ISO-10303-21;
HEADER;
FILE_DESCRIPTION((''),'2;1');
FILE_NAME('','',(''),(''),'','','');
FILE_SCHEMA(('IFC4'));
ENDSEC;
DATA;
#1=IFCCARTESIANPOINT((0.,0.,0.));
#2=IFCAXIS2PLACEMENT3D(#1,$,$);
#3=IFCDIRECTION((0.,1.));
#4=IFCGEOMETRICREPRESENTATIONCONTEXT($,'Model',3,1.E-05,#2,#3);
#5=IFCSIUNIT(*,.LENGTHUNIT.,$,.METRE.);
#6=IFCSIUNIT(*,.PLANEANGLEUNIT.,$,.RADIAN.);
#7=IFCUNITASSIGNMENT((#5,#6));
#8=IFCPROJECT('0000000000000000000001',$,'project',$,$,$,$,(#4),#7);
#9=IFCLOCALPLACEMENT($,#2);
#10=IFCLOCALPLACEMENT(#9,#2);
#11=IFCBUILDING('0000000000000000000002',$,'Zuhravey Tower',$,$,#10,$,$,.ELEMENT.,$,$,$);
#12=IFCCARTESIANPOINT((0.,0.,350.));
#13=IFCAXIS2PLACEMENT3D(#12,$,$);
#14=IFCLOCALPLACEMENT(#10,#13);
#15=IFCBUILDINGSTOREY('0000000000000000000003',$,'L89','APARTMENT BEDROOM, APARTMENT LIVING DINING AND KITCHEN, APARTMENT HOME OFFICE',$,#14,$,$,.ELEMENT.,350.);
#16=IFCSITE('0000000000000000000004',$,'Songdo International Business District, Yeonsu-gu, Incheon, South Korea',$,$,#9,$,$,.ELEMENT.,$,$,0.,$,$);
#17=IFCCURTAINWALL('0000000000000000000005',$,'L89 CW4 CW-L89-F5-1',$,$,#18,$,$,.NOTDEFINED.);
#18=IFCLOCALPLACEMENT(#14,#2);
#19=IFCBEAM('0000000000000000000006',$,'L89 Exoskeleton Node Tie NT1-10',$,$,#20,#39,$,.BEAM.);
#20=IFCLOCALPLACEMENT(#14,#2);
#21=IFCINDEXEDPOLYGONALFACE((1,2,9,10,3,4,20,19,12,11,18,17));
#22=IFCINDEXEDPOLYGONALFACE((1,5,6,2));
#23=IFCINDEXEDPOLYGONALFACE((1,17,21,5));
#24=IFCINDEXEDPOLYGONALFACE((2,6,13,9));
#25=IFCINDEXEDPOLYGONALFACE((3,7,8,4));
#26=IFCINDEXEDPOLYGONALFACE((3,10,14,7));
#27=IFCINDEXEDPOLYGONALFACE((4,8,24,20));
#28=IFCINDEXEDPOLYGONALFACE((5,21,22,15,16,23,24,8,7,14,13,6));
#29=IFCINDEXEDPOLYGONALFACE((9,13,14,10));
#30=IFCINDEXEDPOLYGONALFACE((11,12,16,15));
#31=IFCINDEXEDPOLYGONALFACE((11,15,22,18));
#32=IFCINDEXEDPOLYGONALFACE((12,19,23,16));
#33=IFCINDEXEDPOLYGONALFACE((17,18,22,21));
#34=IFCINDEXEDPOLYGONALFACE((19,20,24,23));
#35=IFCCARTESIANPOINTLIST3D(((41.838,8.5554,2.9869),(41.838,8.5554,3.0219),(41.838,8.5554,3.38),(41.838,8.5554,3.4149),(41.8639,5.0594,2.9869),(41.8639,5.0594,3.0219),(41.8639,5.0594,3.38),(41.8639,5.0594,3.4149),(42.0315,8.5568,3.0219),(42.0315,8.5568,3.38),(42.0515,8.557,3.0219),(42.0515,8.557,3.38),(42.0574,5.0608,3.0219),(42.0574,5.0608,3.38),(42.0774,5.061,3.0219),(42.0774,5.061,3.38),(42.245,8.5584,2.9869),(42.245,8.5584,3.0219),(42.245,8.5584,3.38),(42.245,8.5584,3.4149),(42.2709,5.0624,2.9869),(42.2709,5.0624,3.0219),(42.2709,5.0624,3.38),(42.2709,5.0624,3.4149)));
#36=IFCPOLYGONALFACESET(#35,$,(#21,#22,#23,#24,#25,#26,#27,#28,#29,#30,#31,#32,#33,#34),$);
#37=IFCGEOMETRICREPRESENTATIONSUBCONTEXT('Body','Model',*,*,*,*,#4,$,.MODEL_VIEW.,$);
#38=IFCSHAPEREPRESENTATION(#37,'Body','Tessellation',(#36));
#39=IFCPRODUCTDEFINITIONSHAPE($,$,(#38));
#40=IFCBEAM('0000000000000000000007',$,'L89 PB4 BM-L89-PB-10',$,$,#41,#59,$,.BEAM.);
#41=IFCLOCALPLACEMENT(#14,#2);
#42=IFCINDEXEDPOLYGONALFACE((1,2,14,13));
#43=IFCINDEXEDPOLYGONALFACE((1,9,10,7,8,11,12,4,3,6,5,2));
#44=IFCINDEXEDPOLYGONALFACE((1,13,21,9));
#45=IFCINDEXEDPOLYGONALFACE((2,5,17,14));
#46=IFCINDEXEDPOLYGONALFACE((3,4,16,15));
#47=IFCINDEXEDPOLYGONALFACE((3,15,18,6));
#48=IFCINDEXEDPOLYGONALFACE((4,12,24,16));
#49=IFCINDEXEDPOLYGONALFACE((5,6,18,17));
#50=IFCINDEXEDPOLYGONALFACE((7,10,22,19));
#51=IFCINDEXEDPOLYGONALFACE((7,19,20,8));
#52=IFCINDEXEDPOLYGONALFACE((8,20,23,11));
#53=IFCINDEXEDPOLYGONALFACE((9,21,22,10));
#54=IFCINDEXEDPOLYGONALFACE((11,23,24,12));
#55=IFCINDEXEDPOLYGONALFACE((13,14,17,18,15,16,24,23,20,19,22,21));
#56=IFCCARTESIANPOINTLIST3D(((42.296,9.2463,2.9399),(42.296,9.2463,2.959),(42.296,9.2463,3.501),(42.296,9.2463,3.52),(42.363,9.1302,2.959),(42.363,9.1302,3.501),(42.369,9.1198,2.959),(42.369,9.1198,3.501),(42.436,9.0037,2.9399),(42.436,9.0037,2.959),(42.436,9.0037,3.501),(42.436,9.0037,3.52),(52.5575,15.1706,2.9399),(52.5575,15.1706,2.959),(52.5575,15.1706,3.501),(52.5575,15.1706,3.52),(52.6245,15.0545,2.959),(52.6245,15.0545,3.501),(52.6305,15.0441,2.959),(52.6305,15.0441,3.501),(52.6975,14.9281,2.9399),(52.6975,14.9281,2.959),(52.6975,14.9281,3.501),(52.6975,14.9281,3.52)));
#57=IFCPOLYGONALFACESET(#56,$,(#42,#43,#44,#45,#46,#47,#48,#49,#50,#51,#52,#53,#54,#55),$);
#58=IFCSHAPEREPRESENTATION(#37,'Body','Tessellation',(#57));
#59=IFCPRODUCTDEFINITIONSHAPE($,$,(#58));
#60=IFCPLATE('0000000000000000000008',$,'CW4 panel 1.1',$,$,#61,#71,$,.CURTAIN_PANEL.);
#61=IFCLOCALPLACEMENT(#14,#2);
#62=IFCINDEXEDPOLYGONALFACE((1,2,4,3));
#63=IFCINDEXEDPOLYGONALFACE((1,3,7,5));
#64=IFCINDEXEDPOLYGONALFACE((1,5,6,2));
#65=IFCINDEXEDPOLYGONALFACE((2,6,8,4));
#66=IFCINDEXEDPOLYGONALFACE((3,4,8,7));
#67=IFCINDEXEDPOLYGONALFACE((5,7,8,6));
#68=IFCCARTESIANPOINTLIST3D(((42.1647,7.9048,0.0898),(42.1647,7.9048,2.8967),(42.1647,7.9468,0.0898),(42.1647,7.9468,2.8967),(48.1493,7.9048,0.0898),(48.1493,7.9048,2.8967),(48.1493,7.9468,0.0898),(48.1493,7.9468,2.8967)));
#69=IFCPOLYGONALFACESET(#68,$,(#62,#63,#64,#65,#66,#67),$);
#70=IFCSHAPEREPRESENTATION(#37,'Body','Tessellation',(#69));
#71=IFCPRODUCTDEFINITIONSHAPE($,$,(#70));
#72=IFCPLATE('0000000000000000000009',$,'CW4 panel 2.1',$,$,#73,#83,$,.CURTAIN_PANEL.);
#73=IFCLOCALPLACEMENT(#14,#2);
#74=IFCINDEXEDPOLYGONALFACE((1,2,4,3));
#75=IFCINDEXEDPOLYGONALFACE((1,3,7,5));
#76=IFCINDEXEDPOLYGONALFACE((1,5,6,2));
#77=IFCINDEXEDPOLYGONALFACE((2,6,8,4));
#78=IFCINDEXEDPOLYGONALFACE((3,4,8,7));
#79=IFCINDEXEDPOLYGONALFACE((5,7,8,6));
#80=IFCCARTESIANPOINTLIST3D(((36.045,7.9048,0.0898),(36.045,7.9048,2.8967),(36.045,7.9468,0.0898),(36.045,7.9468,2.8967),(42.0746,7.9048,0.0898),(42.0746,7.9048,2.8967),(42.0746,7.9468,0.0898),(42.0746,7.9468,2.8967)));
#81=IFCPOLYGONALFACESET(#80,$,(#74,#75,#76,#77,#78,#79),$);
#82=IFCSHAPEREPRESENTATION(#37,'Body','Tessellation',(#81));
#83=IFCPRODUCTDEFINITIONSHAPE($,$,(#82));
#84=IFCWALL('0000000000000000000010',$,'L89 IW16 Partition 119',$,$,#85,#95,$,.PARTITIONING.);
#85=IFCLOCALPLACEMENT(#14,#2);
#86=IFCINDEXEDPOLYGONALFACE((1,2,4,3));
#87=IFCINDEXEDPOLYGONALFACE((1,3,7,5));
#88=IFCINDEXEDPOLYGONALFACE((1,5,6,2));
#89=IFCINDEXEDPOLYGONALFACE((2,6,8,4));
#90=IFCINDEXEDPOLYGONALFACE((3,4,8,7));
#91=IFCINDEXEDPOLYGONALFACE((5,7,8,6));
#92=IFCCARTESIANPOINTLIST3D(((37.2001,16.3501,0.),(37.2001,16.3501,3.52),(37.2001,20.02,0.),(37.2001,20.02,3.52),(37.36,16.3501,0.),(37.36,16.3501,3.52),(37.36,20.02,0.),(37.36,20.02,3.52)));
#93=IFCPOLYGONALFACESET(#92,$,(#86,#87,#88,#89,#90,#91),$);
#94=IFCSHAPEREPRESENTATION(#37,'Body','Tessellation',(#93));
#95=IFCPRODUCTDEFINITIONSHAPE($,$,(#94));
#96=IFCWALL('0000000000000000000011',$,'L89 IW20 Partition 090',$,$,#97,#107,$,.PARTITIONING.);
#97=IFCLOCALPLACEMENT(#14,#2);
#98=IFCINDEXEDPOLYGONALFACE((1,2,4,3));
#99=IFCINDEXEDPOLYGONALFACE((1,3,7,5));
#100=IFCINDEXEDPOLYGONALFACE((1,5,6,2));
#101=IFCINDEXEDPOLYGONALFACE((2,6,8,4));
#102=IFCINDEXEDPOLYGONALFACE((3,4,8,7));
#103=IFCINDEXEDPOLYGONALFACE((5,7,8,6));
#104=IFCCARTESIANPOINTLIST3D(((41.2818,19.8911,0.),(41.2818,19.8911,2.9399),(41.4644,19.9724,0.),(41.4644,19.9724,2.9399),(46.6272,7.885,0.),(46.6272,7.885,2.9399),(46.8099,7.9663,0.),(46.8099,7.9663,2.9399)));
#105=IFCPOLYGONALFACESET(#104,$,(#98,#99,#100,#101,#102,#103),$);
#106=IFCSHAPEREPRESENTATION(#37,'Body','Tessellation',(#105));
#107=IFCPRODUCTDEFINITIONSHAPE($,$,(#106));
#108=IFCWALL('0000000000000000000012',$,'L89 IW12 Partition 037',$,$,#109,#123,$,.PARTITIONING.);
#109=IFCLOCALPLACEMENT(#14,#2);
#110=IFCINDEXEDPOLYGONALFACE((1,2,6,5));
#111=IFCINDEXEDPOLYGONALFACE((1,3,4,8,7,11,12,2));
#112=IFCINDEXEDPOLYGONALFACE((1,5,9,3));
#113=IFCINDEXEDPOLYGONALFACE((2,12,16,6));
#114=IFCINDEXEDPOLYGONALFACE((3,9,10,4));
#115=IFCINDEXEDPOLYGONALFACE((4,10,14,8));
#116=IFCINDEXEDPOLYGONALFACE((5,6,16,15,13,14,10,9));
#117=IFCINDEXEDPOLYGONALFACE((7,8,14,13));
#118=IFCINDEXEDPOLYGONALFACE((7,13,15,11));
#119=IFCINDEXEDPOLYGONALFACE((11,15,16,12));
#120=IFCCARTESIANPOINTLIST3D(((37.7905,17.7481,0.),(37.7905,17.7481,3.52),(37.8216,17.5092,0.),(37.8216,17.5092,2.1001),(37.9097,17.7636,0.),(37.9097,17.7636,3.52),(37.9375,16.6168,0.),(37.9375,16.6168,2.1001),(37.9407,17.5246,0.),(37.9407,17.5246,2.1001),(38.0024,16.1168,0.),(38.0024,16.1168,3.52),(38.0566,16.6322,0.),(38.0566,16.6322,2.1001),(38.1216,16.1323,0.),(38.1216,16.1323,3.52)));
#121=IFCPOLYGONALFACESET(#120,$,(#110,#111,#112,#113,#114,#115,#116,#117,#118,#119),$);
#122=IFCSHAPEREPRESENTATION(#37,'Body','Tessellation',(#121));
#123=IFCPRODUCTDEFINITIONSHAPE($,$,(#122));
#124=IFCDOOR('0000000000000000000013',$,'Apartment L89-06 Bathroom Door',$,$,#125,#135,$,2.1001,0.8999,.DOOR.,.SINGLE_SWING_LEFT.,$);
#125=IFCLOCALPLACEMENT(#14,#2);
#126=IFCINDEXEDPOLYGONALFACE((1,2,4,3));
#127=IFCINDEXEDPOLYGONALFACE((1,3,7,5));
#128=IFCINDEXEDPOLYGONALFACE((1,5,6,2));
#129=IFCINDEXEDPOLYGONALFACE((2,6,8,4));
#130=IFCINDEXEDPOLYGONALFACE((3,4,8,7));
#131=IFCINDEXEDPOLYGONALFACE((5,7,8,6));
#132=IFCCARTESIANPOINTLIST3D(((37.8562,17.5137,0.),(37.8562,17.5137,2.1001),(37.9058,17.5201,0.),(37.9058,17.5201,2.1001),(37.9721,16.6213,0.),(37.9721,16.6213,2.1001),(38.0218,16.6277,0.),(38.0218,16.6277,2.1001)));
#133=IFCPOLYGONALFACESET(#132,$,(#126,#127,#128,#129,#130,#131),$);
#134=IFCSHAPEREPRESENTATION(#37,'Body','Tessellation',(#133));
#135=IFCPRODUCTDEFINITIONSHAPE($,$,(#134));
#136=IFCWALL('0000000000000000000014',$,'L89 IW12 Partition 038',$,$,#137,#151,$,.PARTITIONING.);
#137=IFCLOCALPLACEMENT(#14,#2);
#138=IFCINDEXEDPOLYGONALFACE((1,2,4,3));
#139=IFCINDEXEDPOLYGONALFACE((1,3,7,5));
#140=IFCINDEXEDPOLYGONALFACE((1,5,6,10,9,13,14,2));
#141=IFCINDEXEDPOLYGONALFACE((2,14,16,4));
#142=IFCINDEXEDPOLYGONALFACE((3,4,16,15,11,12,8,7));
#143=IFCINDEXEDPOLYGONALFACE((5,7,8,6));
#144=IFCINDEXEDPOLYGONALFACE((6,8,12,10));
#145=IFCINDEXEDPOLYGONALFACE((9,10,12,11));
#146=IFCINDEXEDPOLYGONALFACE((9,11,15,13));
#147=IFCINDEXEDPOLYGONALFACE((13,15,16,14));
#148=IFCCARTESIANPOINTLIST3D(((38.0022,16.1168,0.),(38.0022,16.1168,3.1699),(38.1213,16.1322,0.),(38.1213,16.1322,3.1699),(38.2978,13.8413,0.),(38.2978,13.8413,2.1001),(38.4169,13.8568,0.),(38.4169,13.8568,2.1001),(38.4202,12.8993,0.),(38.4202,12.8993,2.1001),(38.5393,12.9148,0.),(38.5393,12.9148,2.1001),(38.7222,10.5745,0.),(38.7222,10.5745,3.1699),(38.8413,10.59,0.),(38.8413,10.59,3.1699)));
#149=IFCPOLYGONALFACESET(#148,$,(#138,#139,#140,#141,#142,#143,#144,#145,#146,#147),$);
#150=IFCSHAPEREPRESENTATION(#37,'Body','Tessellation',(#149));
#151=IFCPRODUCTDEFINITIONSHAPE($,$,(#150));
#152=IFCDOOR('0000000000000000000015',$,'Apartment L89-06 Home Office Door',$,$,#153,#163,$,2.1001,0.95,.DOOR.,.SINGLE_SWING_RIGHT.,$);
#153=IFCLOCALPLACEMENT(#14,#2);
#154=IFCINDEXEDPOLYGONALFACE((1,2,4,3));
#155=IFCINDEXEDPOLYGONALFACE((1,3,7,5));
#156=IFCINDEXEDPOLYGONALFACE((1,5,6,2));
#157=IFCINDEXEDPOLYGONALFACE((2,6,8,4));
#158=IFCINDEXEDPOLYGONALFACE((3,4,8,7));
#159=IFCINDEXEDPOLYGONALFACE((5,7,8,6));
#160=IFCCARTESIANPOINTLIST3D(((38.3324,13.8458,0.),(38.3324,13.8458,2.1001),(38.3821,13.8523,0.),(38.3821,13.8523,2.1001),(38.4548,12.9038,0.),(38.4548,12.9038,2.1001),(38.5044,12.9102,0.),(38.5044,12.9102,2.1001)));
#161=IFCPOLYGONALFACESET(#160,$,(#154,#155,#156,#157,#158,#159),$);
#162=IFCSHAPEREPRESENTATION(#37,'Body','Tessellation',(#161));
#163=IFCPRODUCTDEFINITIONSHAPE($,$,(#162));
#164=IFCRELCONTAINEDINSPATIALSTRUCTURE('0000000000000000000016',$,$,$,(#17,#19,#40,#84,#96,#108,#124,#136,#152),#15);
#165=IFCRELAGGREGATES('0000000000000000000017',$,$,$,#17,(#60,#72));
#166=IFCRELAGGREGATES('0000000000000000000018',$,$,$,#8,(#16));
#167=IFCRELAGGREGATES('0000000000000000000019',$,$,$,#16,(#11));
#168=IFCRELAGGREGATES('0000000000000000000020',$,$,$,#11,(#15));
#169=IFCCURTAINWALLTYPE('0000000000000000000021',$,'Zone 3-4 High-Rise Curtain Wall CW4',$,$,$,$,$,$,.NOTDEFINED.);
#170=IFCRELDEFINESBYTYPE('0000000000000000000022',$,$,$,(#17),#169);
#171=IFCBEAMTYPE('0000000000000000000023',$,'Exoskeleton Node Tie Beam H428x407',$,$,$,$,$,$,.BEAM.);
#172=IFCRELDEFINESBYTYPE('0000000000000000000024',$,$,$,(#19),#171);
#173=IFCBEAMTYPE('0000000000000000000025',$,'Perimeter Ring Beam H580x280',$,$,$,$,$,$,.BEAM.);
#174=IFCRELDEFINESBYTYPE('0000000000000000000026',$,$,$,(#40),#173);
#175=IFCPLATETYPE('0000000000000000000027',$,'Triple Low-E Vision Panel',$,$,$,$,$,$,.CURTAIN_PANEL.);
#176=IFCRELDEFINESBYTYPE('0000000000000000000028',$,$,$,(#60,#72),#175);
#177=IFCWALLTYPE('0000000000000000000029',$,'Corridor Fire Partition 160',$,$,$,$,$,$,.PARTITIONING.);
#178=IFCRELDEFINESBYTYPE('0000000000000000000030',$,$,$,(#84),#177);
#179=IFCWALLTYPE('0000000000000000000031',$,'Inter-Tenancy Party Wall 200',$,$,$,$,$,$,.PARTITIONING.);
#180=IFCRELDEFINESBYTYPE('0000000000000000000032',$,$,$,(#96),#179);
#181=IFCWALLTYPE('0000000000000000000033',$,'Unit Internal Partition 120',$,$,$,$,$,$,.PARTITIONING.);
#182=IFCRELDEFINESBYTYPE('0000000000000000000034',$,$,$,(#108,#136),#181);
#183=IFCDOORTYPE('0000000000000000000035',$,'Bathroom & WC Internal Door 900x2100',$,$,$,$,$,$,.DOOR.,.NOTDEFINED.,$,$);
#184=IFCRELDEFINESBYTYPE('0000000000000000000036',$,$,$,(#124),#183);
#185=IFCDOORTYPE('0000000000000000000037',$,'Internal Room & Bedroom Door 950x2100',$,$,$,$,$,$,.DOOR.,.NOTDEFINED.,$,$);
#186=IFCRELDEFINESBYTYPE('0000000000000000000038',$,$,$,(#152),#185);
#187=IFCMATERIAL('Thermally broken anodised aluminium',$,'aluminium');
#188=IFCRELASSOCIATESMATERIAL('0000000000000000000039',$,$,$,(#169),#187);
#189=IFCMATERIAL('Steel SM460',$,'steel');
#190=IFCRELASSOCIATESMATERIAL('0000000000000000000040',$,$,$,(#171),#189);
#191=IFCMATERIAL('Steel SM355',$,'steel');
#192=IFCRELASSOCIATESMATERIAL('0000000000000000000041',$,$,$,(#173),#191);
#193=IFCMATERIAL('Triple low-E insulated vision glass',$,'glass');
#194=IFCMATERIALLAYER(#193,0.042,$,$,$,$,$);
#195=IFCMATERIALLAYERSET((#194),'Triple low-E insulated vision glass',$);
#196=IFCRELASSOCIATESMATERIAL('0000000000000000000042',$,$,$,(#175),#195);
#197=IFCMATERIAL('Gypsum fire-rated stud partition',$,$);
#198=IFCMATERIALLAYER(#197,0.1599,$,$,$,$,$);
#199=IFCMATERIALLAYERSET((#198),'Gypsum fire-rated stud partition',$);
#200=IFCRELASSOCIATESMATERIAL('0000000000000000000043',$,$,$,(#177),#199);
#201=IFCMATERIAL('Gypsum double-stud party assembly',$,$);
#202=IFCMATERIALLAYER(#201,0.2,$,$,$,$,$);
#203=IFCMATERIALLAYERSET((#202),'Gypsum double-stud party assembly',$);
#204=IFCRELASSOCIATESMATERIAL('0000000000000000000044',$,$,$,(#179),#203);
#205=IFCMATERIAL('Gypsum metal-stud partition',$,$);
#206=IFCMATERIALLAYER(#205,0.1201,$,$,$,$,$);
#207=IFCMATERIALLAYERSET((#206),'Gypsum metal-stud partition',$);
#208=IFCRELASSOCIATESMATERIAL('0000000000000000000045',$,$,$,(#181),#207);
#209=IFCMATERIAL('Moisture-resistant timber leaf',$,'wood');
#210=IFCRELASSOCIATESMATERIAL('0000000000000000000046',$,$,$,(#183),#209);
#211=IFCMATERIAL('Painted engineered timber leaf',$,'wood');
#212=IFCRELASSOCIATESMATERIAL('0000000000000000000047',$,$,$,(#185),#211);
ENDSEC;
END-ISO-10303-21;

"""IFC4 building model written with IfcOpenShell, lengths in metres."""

from ifc_helpers import new_model, si_unit, direction, frame, frame_2d, origin, origin_2d, place, context, subcontext, project, spatial, rectangle, i_section, extrude, material, layer, layer_set, material_profile, profile_set, type_object, element, fill, aggregate, save


model = new_model("IFC4")

# Units and contexts
model_context = context("Model", 3, precision=1e-05, world=origin(), true_north=direction((0.0, 1.0)))
body_context = subcontext(model_context, "Body", "Model", "MODEL_VIEW")
ifc_project = project(units=[si_unit("LENGTHUNIT", "METRE"), si_unit("PLANEANGLEUNIT", "RADIAN")], contexts=[model_context])

# Site, building, storey
site_placement = place(None, origin())
site = spatial("IfcSite", under=ifc_project, at=site_placement, Name="Songdo International Business District, Yeonsu-gu, Incheon, South Korea", CompositionType="ELEMENT", RefElevation=0.0)
building_placement = place(site_placement, origin())
building = spatial("IfcBuilding", under=site, at=building_placement, Name="Zuhravey Tower", CompositionType="ELEMENT")
storey_placement = place(building_placement, frame((0.0, 0.0, 350.0)))
storey = spatial("IfcBuildingStorey", under=building, at=storey_placement, Name="L89", Description="APARTMENT BEDROOM, APARTMENT LIVING DINING AND KITCHEN, APARTMENT HOME OFFICE", CompositionType="ELEMENT", Elevation=350.0)

# Curtain wall
ifc_material_1 = material(Name="Thermally broken anodised aluminium", Category="aluminium")
curtain_wall_type = type_object("IfcCurtainWallType", Name="Zone 3-4 High-Rise Curtain Wall CW4", PredefinedType="NOTDEFINED", material=ifc_material_1)
curtain_wall_placement = place(storey_placement, origin())
curtain_wall = element("IfcCurtainWall", 1, at=curtain_wall_placement, inside=storey, type_object=curtain_wall_type, Name="L89 CW4 CW-L89-F5-1", PredefinedType="NOTDEFINED")

# Beams
ifc_material_2 = material(Name="Steel SM460", Category="steel")
ifc_material_profile_1 = material_profile(ifc_material_2, i_section(OverallWidth=0.407, OverallDepth=0.428, WebThickness=0.02, FlangeThickness=0.0349, at=origin_2d()), Name="H-428x407x20x35")
ifc_profile_set_1 = profile_set([ifc_material_profile_1], Name="Steel SM460")
beam_type_1 = type_object("IfcBeamType", Name="Exoskeleton Node Tie Beam H428x407", PredefinedType="BEAM", material=ifc_profile_set_1)
beam_1_placement = place(storey_placement, frame((42.0415, 8.5569, 3.2009), z_axis=(0.007402, -0.999973, 0.0), x_axis=(0.999973, 0.007402, 0.0)))
element("IfcBeam", 2, at=beam_1_placement, inside=storey, type_object=beam_type_1, Name="L89 Exoskeleton Node Tie NT1-10", PredefinedType="BEAM", context=body_context, shape_type="SweptSolid", body=[
    extrude(i_section(OverallWidth=0.407, OverallDepth=0.428, WebThickness=0.02, FlangeThickness=0.0349, at=origin_2d()), origin(), (0.0, 0.0, 1.0), 3.4961),
])
ifc_material_3 = material(Name="Steel SM355", Category="steel")
ifc_material_profile_2 = material_profile(ifc_material_3, i_section(OverallWidth=0.28, OverallDepth=0.5801, WebThickness=0.012, FlangeThickness=0.019, at=origin_2d()), Name="H-580x280x12x19")
ifc_profile_set_2 = profile_set([ifc_material_profile_2], Name="Steel SM355")
beam_type_2 = type_object("IfcBeamType", Name="Perimeter Ring Beam H580x280", PredefinedType="BEAM", material=ifc_profile_set_2)
beam_2_placement = place(storey_placement, frame((42.366, 9.125, 3.23), z_axis=(0.866031, 0.499991, 0.0), x_axis=(-0.499991, 0.866031, 0.0)))
element("IfcBeam", 3, at=beam_2_placement, inside=storey, type_object=beam_type_2, Name="L89 PB4 BM-L89-PB-10", PredefinedType="BEAM", context=body_context, shape_type="SweptSolid", body=[
    extrude(i_section(OverallWidth=0.28, OverallDepth=0.5801, WebThickness=0.012, FlangeThickness=0.019, at=origin_2d()), origin(), (0.0, 0.0, 1.0), 11.8489),
])

# Plates
ifc_material_4 = material(Name="Triple low-E insulated vision glass", Category="glass")
ifc_layer_1 = layer(ifc_material_4, 0.042)
ifc_layer_set_1 = layer_set([ifc_layer_1], Name="Triple low-E insulated vision glass")
plate_type = type_object("IfcPlateType", Name="Triple Low-E Vision Panel", PredefinedType="CURTAIN_PANEL", material=ifc_layer_set_1)
plate_1_placement = place(storey_placement, frame((45.157, 7.9258, 0.0898), z_axis=(0.0, 0.0, 1.0), x_axis=(-1.0, 0.0, 0.0)))
plate_1 = element("IfcPlate", 4, at=plate_1_placement, type_object=plate_type, Name="CW4 panel 1.1", PredefinedType="CURTAIN_PANEL", context=body_context, shape_type="SweptSolid", body=[
    extrude(rectangle(XDim=5.9846, YDim=0.042, at=origin_2d()), origin(), (0.0, 0.0, 1.0), 2.8069),
])
plate_2_placement = place(storey_placement, frame((39.0598, 7.9258, 0.0898), z_axis=(0.0, 0.0, 1.0), x_axis=(-1.0, 0.0, 0.0)))
plate_2 = element("IfcPlate", 5, at=plate_2_placement, type_object=plate_type, Name="CW4 panel 2.1", PredefinedType="CURTAIN_PANEL", context=body_context, shape_type="SweptSolid", body=[
    extrude(rectangle(XDim=6.0295, YDim=0.042, at=origin_2d()), origin(), (0.0, 0.0, 1.0), 2.8069),
])
aggregate(curtain_wall, [plate_1, plate_2])

# Walls
ifc_material_5 = material(Name="Gypsum fire-rated stud partition")
ifc_layer_2 = layer(ifc_material_5, 0.1599)
ifc_layer_set_2 = layer_set([ifc_layer_2], Name="Gypsum fire-rated stud partition")
wall_type_1 = type_object("IfcWallType", Name="Corridor Fire Partition 160", PredefinedType="PARTITIONING", material=ifc_layer_set_2)
wall_1_placement = place(storey_placement, frame((37.28, 16.3501, 0.0), z_axis=(0.0, 0.0, 1.0), x_axis=(0.0, 1.0, 0.0)))
element("IfcWall", 6, at=wall_1_placement, inside=storey, type_object=wall_type_1, Name="L89 IW16 Partition 119", PredefinedType="PARTITIONING", context=body_context, shape_type="SweptSolid", body=[
    extrude(rectangle(XDim=3.6699, YDim=0.1599, at=frame_2d((1.835, 0.0))), origin(), (0.0, 0.0, 1.0), 3.52),
])
ifc_material_6 = material(Name="Gypsum double-stud party assembly")
ifc_layer_3 = layer(ifc_material_6, 0.2)
ifc_layer_set_3 = layer_set([ifc_layer_3], Name="Gypsum double-stud party assembly")
wall_type_2 = type_object("IfcWallType", Name="Inter-Tenancy Party Wall 200", PredefinedType="PARTITIONING", material=ifc_layer_set_3)
wall_2_placement = place(storey_placement, frame((41.373, 19.9319, 0.0), z_axis=(0.0, 0.0, 1.0), x_axis=(0.406736, -0.913546, 0.0)))
element("IfcWall", 7, at=wall_2_placement, inside=storey, type_object=wall_type_2, Name="L89 IW20 Partition 090", PredefinedType="PARTITIONING", context=body_context, shape_type="SweptSolid", body=[
    extrude(rectangle(XDim=13.1423, YDim=0.2, at=frame_2d((6.5713, 0.0))), origin(), (0.0, 0.0, 1.0), 2.9399),
])

# Walls, openings, doors
ifc_material_7 = material(Name="Gypsum metal-stud partition")
ifc_layer_4 = layer(ifc_material_7, 0.1201)
ifc_layer_set_4 = layer_set([ifc_layer_4], Name="Gypsum metal-stud partition")
wall_type_3 = type_object("IfcWallType", Name="Unit Internal Partition 120", PredefinedType="PARTITIONING", material=ifc_layer_set_4)
wall_3_placement = place(storey_placement, frame((37.8501, 17.7559, 0.0), z_axis=(0.0, 0.0, 1.0), x_axis=(0.128819, -0.991668, 0.0)))
wall_3 = element("IfcWall", 8, at=wall_3_placement, inside=storey, type_object=wall_type_3, Name="L89 IW12 Partition 037", PredefinedType="PARTITIONING", context=body_context, shape_type="SweptSolid", body=[
    extrude(rectangle(XDim=1.645, YDim=0.1201, at=frame_2d((0.8225, 0.0))), origin(), (0.0, 0.0, 1.0), 3.52),
])
opening_1_placement = place(wall_3_placement, frame((0.241, 0.0, 0.0)))
opening_1 = element("IfcOpeningElement", 9, at=opening_1_placement, cuts=wall_3, PredefinedType="OPENING", context=body_context, shape_type="SweptSolid", body=[
    extrude(rectangle(XDim=0.8999, YDim=2.1001, at=frame_2d((0.45, 1.05))), frame((0.0, 0.072, 0.0), z_axis=(0.0, -1.0, 0.0), x_axis=(1.0, 0.0, 0.0)), (0.0, 0.0, 1.0), 0.144),
])
ifc_material_8 = material(Name="Moisture-resistant timber leaf", Category="wood")
door_type_1 = type_object("IfcDoorType", Name="Bathroom & WC Internal Door 900x2100", OperationType="NOTDEFINED", PredefinedType="DOOR", material=ifc_material_8)
door_1_placement = place(opening_1_placement, origin())
door_1 = element("IfcDoor", 10, at=door_1_placement, inside=storey, type_object=door_type_1, Name="Apartment L89-06 Bathroom Door", OperationType="SINGLE_SWING_LEFT", OverallHeight=2.1001, OverallWidth=0.8999, PredefinedType="DOOR", context=body_context, shape_type="SweptSolid", body=[
    extrude(rectangle(XDim=0.8999, YDim=2.1001, at=frame_2d((0.45, 1.05))), frame((0.0, 0.0249, 0.0), z_axis=(0.0, -1.0, 0.0), x_axis=(1.0, 0.0, 0.0)), (0.0, 0.0, 1.0), 0.05),
])
fill(opening_1, door_1)
wall_4_placement = place(storey_placement, frame((38.0618, 16.1245, 0.0), z_axis=(0.0, 0.0, 1.0), x_axis=(0.128824, -0.991668, 0.0)))
wall_4 = element("IfcWall", 11, at=wall_4_placement, inside=storey, type_object=wall_type_3, Name="L89 IW12 Partition 038", PredefinedType="PARTITIONING", context=body_context, shape_type="SweptSolid", body=[
    extrude(rectangle(XDim=5.5889, YDim=0.1201, at=frame_2d((2.7944, 0.0))), origin(), (0.0, 0.0, 1.0), 3.1699),
])
opening_2_placement = place(wall_4_placement, frame((2.2944, 0.0, 0.0)))
opening_2 = element("IfcOpeningElement", 12, at=opening_2_placement, cuts=wall_4, PredefinedType="OPENING", context=body_context, shape_type="SweptSolid", body=[
    extrude(rectangle(XDim=0.95, YDim=2.1001, at=frame_2d((0.4751, 1.05))), frame((0.0, 0.072, 0.0), z_axis=(0.0, -1.0, 0.0), x_axis=(1.0, 0.0, 0.0)), (0.0, 0.0, 1.0), 0.144),
])
ifc_material_9 = material(Name="Painted engineered timber leaf", Category="wood")
door_type_2 = type_object("IfcDoorType", Name="Internal Room & Bedroom Door 950x2100", OperationType="NOTDEFINED", PredefinedType="DOOR", material=ifc_material_9)
door_2_placement = place(opening_2_placement, origin())
door_2 = element("IfcDoor", 13, at=door_2_placement, inside=storey, type_object=door_type_2, Name="Apartment L89-06 Home Office Door", OperationType="SINGLE_SWING_RIGHT", OverallHeight=2.1001, OverallWidth=0.95, PredefinedType="DOOR", context=body_context, shape_type="SweptSolid", body=[
    extrude(rectangle(XDim=0.95, YDim=2.1001, at=frame_2d((0.4751, 1.05))), frame((0.0, 0.0249, 0.0), z_axis=(0.0, -1.0, 0.0), x_axis=(1.0, 0.0, 0.0)), (0.0, 0.0, 1.0), 0.05),
])
fill(opening_2, door_2)

save(model, "model.ifc")
